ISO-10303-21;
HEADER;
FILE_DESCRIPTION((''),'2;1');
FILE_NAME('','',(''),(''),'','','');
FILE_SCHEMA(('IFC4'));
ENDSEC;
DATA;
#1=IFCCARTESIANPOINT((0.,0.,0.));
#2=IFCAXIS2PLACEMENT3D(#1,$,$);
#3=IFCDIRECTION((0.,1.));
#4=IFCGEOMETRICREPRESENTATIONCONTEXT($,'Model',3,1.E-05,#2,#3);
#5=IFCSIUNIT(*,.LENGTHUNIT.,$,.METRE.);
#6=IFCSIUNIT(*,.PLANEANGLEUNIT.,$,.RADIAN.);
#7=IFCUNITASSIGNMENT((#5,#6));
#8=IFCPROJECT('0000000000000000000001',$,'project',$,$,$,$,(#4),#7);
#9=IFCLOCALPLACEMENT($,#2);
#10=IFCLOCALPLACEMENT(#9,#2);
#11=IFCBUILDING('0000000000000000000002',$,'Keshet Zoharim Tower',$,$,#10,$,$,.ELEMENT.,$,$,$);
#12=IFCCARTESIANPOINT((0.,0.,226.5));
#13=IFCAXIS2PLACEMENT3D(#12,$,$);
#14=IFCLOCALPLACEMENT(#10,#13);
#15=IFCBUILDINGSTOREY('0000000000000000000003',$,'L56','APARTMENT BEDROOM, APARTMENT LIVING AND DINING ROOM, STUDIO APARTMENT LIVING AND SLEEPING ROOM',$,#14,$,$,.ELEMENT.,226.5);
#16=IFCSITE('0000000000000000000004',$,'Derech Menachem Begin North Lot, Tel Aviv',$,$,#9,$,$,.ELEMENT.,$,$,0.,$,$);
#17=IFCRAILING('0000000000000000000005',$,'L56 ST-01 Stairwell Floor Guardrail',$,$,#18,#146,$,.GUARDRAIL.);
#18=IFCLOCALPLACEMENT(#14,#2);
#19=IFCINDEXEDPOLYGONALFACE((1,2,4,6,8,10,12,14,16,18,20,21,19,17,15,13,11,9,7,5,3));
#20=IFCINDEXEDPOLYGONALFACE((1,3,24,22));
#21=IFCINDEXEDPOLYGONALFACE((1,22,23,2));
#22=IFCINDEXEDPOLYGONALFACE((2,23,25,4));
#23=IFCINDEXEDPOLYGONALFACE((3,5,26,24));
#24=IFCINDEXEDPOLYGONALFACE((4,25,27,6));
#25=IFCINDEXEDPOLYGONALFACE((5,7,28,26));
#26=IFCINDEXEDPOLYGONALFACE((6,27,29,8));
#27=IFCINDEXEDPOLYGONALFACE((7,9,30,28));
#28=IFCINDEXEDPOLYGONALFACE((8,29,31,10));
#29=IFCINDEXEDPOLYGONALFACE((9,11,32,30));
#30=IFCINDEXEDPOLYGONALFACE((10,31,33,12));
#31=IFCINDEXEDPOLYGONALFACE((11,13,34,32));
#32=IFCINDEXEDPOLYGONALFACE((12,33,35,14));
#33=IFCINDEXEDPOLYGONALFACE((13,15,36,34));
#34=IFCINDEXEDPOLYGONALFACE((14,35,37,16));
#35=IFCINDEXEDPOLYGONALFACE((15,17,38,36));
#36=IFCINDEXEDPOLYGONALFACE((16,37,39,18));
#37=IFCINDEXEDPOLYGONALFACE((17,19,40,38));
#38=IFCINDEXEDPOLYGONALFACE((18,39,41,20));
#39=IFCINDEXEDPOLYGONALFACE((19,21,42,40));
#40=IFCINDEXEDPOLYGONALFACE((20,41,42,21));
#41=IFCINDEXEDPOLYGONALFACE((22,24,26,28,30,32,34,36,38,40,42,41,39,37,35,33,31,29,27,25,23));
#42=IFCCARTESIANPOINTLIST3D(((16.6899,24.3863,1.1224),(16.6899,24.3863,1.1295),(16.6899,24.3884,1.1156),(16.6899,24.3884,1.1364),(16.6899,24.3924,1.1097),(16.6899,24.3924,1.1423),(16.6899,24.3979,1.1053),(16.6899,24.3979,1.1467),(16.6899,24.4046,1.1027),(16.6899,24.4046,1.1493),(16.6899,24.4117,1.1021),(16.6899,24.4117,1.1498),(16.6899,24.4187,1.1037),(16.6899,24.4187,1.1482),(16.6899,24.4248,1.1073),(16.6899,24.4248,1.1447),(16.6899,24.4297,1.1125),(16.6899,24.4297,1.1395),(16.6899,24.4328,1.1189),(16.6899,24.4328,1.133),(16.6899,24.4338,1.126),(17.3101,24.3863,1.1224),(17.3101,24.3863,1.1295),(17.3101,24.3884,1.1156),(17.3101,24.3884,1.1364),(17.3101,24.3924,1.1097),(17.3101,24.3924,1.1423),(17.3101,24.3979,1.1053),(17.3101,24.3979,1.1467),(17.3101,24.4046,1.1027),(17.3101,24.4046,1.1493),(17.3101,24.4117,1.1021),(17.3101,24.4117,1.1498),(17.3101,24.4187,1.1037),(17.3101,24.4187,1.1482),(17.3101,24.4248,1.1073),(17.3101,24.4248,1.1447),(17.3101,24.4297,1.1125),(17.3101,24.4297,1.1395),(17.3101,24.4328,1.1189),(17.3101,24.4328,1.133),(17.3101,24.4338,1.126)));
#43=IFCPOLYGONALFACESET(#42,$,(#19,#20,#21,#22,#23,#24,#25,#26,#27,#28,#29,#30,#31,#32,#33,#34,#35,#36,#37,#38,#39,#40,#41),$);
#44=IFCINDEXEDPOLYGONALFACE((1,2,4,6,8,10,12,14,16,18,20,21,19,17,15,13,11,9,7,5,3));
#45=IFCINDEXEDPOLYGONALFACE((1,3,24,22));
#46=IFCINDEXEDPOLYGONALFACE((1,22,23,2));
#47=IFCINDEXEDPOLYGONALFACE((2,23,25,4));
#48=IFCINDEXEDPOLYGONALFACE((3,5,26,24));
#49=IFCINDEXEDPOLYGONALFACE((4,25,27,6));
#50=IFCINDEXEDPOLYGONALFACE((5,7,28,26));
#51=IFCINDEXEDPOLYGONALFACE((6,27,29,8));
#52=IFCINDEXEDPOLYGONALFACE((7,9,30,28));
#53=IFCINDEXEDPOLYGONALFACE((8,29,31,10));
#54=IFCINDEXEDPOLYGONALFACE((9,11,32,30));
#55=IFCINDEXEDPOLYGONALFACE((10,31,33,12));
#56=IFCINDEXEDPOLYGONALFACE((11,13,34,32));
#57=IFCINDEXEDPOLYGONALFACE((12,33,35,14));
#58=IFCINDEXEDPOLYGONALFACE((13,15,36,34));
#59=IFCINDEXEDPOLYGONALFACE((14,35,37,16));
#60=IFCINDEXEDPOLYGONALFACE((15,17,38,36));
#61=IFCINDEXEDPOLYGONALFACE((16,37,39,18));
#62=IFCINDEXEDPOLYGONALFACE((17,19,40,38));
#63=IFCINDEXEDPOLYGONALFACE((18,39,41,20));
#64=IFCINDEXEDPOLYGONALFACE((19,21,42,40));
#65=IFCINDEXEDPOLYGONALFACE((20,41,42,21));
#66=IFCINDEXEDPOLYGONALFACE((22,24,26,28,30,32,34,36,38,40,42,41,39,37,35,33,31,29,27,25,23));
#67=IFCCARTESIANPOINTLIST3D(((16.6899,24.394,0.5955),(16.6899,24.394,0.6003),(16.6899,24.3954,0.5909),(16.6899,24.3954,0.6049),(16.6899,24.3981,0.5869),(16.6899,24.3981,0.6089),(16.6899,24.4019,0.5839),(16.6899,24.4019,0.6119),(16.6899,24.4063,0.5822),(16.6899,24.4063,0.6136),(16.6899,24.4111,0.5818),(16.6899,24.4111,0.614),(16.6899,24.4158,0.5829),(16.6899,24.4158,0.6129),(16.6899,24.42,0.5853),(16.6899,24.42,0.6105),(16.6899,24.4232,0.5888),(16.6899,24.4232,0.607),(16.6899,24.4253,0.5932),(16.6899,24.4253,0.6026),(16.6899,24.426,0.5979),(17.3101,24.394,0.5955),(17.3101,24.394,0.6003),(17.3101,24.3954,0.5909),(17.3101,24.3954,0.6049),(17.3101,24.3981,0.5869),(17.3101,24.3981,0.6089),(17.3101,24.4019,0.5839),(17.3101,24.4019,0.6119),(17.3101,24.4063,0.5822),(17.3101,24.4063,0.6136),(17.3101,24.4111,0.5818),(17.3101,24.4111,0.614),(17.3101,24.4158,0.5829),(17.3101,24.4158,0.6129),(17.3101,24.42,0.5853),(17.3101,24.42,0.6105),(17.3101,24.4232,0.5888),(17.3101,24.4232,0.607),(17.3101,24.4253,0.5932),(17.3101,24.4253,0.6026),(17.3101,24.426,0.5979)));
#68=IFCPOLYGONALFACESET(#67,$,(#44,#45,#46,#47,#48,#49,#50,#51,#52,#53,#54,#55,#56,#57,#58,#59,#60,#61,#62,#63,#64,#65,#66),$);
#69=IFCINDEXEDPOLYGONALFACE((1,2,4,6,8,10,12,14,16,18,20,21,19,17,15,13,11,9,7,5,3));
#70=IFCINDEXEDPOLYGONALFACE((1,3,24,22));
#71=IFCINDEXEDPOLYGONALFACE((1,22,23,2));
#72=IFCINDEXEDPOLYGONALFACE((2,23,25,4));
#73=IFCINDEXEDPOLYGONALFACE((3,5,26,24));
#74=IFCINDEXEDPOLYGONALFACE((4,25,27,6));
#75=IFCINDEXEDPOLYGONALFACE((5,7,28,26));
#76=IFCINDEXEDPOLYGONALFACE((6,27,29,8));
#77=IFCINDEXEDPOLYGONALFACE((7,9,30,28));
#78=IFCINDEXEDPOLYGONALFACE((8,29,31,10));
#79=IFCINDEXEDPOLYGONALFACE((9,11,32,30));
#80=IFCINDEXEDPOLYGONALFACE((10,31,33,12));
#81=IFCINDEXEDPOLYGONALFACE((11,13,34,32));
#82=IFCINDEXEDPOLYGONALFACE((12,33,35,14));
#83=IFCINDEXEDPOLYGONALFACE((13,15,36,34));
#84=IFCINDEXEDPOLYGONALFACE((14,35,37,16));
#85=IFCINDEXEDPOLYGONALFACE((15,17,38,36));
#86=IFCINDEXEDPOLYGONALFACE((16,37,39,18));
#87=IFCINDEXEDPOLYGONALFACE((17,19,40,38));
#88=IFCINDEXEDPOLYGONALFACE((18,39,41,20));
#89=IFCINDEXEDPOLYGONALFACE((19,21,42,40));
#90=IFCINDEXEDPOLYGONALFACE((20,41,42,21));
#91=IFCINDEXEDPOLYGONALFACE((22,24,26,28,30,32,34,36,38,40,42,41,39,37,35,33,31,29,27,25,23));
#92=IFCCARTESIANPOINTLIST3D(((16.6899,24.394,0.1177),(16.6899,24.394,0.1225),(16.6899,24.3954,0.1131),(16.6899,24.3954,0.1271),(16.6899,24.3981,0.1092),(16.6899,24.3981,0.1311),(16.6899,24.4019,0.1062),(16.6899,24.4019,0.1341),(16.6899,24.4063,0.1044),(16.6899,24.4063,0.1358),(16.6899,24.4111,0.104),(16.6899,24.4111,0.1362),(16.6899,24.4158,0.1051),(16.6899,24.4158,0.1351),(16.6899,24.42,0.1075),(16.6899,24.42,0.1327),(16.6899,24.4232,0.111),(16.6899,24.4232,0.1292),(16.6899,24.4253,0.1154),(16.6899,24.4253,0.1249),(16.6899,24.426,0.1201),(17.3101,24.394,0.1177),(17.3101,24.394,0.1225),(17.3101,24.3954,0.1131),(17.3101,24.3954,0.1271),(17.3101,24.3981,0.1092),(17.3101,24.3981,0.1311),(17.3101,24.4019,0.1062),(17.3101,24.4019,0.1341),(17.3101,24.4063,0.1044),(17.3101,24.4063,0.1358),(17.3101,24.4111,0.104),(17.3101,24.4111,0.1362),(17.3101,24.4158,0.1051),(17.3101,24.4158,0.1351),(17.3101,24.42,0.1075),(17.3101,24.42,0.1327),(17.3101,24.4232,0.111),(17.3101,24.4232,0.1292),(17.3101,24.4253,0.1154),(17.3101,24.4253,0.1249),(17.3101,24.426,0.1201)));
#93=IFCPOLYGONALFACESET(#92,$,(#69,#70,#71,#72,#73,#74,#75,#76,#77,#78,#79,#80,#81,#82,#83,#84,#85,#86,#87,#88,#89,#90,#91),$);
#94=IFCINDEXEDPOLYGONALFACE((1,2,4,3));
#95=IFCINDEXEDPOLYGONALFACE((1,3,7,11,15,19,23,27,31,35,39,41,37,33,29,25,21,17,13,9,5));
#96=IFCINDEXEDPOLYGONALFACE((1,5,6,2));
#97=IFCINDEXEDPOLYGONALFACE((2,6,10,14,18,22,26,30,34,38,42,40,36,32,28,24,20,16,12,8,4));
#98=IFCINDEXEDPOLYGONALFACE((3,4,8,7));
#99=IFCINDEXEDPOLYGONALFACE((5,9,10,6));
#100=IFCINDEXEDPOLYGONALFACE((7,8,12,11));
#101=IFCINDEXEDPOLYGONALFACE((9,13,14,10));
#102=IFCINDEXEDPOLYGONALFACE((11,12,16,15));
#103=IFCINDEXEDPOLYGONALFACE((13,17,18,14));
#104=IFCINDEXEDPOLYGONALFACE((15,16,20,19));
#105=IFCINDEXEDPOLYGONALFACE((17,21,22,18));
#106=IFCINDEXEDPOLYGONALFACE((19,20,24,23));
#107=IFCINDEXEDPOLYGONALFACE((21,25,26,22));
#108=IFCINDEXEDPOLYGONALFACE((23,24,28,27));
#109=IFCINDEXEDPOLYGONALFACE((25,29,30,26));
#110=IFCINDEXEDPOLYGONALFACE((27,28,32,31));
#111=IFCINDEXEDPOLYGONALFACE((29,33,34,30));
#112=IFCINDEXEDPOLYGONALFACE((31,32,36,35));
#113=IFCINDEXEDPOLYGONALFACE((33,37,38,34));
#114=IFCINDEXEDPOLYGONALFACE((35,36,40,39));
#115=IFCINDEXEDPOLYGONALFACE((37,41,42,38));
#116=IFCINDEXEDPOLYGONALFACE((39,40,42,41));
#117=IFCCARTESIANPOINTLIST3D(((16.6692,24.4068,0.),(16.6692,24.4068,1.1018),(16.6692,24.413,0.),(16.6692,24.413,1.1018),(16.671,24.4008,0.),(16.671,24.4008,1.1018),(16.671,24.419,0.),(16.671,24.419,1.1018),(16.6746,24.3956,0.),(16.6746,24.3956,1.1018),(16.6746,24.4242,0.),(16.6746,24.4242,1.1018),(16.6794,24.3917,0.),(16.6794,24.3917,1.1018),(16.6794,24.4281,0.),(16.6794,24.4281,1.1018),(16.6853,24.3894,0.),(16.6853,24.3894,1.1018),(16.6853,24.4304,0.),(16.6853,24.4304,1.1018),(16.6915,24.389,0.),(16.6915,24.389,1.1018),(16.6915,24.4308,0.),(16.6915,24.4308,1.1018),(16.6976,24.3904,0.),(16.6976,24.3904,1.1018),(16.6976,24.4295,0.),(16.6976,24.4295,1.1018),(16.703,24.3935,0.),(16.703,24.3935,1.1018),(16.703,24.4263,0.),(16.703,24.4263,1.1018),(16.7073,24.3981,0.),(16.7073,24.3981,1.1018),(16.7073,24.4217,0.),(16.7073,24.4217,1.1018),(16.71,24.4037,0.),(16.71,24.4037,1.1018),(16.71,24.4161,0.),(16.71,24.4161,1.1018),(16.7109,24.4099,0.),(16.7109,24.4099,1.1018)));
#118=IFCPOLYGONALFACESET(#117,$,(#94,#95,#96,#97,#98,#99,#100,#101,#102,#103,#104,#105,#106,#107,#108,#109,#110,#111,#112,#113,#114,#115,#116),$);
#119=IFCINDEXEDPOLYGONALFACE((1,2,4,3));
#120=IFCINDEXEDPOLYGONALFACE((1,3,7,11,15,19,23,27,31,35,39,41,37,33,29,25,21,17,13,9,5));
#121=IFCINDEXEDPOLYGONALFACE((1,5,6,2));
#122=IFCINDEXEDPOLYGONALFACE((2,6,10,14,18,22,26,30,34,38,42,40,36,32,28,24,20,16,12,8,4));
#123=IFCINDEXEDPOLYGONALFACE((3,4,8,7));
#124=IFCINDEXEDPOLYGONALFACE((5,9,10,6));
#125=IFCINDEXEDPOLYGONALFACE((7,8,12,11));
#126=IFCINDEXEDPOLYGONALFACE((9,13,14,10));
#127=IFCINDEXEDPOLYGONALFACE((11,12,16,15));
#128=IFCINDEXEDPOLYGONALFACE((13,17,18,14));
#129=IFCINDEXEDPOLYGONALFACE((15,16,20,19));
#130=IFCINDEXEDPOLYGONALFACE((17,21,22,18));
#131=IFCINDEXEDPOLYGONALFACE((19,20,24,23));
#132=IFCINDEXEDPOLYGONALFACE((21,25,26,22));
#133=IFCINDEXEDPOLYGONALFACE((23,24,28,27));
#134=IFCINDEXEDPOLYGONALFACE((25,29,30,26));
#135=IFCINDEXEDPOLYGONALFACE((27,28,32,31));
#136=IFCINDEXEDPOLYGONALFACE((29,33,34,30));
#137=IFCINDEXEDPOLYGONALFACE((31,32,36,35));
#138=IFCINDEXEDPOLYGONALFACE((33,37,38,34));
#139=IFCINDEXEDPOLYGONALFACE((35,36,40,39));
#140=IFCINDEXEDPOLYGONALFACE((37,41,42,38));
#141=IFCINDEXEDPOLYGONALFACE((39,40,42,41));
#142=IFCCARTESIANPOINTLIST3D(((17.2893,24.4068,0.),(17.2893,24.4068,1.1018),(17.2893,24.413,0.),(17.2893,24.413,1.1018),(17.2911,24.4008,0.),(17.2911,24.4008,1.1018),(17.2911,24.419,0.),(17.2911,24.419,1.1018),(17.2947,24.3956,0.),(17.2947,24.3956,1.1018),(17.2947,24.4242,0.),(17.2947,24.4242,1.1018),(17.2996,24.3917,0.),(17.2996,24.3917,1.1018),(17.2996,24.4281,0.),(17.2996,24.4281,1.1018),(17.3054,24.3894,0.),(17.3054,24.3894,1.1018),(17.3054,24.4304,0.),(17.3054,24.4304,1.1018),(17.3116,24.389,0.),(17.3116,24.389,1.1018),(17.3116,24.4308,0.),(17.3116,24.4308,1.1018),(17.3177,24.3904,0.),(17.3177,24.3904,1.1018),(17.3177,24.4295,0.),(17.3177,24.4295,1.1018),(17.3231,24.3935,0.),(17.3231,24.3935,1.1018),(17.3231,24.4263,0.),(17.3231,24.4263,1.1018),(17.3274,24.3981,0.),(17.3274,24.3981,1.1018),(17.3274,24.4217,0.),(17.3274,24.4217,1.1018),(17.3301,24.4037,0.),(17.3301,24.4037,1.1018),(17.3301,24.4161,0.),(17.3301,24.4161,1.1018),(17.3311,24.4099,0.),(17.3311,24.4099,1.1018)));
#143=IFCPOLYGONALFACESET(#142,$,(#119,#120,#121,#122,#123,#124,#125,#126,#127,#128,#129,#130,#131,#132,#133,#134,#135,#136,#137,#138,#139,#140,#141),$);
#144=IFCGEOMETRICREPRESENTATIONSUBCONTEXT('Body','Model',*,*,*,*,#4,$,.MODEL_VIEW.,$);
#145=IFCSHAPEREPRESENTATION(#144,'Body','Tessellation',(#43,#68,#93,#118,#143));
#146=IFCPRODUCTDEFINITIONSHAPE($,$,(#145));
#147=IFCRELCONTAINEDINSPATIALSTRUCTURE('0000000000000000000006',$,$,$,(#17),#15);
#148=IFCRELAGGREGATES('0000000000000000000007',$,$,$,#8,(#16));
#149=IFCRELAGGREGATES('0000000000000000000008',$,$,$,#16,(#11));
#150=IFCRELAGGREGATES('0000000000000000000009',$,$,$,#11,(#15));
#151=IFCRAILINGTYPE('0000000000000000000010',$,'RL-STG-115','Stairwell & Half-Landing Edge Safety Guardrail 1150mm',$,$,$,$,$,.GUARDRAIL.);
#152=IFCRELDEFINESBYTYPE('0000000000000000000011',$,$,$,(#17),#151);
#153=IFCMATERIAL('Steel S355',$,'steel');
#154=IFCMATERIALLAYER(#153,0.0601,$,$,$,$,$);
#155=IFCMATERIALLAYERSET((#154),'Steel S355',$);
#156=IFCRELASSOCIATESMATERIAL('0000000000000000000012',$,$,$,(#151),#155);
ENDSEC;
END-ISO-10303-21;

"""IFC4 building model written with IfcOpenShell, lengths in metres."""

from ifc_helpers import new_model, si_unit, direction, frame, origin, origin_2d, place, context, subcontext, project, spatial, circle, extrude, material, layer, layer_set, type_object, element, save


model = new_model("IFC4")

# Units and contexts
model_context = context("Model", 3, precision=1e-05, world=origin(), true_north=direction((0.0, 1.0)))
body_context = subcontext(model_context, "Body", "Model", "MODEL_VIEW")
ifc_project = project(units=[si_unit("LENGTHUNIT", "METRE"), si_unit("PLANEANGLEUNIT", "RADIAN")], contexts=[model_context])

# Site, building, storey
site_placement = place(None, origin())
site = spatial("IfcSite", under=ifc_project, at=site_placement, Name="Derech Menachem Begin North Lot, Tel Aviv", CompositionType="ELEMENT", RefElevation=0.0)
building_placement = place(site_placement, origin())
building = spatial("IfcBuilding", under=site, at=building_placement, Name="Keshet Zoharim Tower", CompositionType="ELEMENT")
storey_placement = place(building_placement, frame((0.0, 0.0, 226.5)))
storey = spatial("IfcBuildingStorey", under=building, at=storey_placement, Name="L56", Description="APARTMENT BEDROOM, APARTMENT LIVING AND DINING ROOM, STUDIO APARTMENT LIVING AND SLEEPING ROOM", CompositionType="ELEMENT", Elevation=226.5)

# Railing
ifc_material_1 = material(Name="Steel S355", Category="steel")
ifc_layer_1 = layer(ifc_material_1, 0.0601)
ifc_layer_set_1 = layer_set([ifc_layer_1], Name="Steel S355")
railing_type_1 = type_object("IfcRailingType", Name="RL-STG-115", Description="Stairwell & Half-Landing Edge Safety Guardrail 1150mm", PredefinedType="GUARDRAIL", material=ifc_layer_set_1)
railing_1_placement = place(storey_placement, frame((16.6899, 24.4099, 0.0)))
element("IfcRailing", 1, at=railing_1_placement, inside=storey, type_object=railing_type_1, Name="L56 ST-01 Stairwell Floor Guardrail", PredefinedType="GUARDRAIL", context=body_context, shape_type="SweptSolid", body=[
    extrude(circle(Radius=0.0239, at=origin_2d()), frame((0.0, 0.0, 1.126), z_axis=(1.0, 0.0, 0.0), x_axis=(0.0, 1.0, 0.0)), (0.0, 0.0, 1.0), 0.6201),
    extrude(circle(Radius=0.0161, at=origin_2d()), frame((0.0, 0.0, 0.5979), z_axis=(1.0, 0.0, 0.0), x_axis=(0.0, 1.0, 0.0)), (0.0, 0.0, 1.0), 0.6201),
    extrude(circle(Radius=0.0161, at=origin_2d()), frame((0.0, 0.0, 0.1201), z_axis=(1.0, 0.0, 0.0), x_axis=(0.0, 1.0, 0.0)), (0.0, 0.0, 1.0), 0.6201),
    extrude(circle(Radius=0.021, at=origin_2d()), origin(), (0.0, 0.0, 1.0), 1.1018),
    extrude(circle(Radius=0.021, at=origin_2d()), frame((0.6201, 0.0, 0.0)), (0.0, 0.0, 1.0), 1.1018),
])

save(model, "model.ifc")
